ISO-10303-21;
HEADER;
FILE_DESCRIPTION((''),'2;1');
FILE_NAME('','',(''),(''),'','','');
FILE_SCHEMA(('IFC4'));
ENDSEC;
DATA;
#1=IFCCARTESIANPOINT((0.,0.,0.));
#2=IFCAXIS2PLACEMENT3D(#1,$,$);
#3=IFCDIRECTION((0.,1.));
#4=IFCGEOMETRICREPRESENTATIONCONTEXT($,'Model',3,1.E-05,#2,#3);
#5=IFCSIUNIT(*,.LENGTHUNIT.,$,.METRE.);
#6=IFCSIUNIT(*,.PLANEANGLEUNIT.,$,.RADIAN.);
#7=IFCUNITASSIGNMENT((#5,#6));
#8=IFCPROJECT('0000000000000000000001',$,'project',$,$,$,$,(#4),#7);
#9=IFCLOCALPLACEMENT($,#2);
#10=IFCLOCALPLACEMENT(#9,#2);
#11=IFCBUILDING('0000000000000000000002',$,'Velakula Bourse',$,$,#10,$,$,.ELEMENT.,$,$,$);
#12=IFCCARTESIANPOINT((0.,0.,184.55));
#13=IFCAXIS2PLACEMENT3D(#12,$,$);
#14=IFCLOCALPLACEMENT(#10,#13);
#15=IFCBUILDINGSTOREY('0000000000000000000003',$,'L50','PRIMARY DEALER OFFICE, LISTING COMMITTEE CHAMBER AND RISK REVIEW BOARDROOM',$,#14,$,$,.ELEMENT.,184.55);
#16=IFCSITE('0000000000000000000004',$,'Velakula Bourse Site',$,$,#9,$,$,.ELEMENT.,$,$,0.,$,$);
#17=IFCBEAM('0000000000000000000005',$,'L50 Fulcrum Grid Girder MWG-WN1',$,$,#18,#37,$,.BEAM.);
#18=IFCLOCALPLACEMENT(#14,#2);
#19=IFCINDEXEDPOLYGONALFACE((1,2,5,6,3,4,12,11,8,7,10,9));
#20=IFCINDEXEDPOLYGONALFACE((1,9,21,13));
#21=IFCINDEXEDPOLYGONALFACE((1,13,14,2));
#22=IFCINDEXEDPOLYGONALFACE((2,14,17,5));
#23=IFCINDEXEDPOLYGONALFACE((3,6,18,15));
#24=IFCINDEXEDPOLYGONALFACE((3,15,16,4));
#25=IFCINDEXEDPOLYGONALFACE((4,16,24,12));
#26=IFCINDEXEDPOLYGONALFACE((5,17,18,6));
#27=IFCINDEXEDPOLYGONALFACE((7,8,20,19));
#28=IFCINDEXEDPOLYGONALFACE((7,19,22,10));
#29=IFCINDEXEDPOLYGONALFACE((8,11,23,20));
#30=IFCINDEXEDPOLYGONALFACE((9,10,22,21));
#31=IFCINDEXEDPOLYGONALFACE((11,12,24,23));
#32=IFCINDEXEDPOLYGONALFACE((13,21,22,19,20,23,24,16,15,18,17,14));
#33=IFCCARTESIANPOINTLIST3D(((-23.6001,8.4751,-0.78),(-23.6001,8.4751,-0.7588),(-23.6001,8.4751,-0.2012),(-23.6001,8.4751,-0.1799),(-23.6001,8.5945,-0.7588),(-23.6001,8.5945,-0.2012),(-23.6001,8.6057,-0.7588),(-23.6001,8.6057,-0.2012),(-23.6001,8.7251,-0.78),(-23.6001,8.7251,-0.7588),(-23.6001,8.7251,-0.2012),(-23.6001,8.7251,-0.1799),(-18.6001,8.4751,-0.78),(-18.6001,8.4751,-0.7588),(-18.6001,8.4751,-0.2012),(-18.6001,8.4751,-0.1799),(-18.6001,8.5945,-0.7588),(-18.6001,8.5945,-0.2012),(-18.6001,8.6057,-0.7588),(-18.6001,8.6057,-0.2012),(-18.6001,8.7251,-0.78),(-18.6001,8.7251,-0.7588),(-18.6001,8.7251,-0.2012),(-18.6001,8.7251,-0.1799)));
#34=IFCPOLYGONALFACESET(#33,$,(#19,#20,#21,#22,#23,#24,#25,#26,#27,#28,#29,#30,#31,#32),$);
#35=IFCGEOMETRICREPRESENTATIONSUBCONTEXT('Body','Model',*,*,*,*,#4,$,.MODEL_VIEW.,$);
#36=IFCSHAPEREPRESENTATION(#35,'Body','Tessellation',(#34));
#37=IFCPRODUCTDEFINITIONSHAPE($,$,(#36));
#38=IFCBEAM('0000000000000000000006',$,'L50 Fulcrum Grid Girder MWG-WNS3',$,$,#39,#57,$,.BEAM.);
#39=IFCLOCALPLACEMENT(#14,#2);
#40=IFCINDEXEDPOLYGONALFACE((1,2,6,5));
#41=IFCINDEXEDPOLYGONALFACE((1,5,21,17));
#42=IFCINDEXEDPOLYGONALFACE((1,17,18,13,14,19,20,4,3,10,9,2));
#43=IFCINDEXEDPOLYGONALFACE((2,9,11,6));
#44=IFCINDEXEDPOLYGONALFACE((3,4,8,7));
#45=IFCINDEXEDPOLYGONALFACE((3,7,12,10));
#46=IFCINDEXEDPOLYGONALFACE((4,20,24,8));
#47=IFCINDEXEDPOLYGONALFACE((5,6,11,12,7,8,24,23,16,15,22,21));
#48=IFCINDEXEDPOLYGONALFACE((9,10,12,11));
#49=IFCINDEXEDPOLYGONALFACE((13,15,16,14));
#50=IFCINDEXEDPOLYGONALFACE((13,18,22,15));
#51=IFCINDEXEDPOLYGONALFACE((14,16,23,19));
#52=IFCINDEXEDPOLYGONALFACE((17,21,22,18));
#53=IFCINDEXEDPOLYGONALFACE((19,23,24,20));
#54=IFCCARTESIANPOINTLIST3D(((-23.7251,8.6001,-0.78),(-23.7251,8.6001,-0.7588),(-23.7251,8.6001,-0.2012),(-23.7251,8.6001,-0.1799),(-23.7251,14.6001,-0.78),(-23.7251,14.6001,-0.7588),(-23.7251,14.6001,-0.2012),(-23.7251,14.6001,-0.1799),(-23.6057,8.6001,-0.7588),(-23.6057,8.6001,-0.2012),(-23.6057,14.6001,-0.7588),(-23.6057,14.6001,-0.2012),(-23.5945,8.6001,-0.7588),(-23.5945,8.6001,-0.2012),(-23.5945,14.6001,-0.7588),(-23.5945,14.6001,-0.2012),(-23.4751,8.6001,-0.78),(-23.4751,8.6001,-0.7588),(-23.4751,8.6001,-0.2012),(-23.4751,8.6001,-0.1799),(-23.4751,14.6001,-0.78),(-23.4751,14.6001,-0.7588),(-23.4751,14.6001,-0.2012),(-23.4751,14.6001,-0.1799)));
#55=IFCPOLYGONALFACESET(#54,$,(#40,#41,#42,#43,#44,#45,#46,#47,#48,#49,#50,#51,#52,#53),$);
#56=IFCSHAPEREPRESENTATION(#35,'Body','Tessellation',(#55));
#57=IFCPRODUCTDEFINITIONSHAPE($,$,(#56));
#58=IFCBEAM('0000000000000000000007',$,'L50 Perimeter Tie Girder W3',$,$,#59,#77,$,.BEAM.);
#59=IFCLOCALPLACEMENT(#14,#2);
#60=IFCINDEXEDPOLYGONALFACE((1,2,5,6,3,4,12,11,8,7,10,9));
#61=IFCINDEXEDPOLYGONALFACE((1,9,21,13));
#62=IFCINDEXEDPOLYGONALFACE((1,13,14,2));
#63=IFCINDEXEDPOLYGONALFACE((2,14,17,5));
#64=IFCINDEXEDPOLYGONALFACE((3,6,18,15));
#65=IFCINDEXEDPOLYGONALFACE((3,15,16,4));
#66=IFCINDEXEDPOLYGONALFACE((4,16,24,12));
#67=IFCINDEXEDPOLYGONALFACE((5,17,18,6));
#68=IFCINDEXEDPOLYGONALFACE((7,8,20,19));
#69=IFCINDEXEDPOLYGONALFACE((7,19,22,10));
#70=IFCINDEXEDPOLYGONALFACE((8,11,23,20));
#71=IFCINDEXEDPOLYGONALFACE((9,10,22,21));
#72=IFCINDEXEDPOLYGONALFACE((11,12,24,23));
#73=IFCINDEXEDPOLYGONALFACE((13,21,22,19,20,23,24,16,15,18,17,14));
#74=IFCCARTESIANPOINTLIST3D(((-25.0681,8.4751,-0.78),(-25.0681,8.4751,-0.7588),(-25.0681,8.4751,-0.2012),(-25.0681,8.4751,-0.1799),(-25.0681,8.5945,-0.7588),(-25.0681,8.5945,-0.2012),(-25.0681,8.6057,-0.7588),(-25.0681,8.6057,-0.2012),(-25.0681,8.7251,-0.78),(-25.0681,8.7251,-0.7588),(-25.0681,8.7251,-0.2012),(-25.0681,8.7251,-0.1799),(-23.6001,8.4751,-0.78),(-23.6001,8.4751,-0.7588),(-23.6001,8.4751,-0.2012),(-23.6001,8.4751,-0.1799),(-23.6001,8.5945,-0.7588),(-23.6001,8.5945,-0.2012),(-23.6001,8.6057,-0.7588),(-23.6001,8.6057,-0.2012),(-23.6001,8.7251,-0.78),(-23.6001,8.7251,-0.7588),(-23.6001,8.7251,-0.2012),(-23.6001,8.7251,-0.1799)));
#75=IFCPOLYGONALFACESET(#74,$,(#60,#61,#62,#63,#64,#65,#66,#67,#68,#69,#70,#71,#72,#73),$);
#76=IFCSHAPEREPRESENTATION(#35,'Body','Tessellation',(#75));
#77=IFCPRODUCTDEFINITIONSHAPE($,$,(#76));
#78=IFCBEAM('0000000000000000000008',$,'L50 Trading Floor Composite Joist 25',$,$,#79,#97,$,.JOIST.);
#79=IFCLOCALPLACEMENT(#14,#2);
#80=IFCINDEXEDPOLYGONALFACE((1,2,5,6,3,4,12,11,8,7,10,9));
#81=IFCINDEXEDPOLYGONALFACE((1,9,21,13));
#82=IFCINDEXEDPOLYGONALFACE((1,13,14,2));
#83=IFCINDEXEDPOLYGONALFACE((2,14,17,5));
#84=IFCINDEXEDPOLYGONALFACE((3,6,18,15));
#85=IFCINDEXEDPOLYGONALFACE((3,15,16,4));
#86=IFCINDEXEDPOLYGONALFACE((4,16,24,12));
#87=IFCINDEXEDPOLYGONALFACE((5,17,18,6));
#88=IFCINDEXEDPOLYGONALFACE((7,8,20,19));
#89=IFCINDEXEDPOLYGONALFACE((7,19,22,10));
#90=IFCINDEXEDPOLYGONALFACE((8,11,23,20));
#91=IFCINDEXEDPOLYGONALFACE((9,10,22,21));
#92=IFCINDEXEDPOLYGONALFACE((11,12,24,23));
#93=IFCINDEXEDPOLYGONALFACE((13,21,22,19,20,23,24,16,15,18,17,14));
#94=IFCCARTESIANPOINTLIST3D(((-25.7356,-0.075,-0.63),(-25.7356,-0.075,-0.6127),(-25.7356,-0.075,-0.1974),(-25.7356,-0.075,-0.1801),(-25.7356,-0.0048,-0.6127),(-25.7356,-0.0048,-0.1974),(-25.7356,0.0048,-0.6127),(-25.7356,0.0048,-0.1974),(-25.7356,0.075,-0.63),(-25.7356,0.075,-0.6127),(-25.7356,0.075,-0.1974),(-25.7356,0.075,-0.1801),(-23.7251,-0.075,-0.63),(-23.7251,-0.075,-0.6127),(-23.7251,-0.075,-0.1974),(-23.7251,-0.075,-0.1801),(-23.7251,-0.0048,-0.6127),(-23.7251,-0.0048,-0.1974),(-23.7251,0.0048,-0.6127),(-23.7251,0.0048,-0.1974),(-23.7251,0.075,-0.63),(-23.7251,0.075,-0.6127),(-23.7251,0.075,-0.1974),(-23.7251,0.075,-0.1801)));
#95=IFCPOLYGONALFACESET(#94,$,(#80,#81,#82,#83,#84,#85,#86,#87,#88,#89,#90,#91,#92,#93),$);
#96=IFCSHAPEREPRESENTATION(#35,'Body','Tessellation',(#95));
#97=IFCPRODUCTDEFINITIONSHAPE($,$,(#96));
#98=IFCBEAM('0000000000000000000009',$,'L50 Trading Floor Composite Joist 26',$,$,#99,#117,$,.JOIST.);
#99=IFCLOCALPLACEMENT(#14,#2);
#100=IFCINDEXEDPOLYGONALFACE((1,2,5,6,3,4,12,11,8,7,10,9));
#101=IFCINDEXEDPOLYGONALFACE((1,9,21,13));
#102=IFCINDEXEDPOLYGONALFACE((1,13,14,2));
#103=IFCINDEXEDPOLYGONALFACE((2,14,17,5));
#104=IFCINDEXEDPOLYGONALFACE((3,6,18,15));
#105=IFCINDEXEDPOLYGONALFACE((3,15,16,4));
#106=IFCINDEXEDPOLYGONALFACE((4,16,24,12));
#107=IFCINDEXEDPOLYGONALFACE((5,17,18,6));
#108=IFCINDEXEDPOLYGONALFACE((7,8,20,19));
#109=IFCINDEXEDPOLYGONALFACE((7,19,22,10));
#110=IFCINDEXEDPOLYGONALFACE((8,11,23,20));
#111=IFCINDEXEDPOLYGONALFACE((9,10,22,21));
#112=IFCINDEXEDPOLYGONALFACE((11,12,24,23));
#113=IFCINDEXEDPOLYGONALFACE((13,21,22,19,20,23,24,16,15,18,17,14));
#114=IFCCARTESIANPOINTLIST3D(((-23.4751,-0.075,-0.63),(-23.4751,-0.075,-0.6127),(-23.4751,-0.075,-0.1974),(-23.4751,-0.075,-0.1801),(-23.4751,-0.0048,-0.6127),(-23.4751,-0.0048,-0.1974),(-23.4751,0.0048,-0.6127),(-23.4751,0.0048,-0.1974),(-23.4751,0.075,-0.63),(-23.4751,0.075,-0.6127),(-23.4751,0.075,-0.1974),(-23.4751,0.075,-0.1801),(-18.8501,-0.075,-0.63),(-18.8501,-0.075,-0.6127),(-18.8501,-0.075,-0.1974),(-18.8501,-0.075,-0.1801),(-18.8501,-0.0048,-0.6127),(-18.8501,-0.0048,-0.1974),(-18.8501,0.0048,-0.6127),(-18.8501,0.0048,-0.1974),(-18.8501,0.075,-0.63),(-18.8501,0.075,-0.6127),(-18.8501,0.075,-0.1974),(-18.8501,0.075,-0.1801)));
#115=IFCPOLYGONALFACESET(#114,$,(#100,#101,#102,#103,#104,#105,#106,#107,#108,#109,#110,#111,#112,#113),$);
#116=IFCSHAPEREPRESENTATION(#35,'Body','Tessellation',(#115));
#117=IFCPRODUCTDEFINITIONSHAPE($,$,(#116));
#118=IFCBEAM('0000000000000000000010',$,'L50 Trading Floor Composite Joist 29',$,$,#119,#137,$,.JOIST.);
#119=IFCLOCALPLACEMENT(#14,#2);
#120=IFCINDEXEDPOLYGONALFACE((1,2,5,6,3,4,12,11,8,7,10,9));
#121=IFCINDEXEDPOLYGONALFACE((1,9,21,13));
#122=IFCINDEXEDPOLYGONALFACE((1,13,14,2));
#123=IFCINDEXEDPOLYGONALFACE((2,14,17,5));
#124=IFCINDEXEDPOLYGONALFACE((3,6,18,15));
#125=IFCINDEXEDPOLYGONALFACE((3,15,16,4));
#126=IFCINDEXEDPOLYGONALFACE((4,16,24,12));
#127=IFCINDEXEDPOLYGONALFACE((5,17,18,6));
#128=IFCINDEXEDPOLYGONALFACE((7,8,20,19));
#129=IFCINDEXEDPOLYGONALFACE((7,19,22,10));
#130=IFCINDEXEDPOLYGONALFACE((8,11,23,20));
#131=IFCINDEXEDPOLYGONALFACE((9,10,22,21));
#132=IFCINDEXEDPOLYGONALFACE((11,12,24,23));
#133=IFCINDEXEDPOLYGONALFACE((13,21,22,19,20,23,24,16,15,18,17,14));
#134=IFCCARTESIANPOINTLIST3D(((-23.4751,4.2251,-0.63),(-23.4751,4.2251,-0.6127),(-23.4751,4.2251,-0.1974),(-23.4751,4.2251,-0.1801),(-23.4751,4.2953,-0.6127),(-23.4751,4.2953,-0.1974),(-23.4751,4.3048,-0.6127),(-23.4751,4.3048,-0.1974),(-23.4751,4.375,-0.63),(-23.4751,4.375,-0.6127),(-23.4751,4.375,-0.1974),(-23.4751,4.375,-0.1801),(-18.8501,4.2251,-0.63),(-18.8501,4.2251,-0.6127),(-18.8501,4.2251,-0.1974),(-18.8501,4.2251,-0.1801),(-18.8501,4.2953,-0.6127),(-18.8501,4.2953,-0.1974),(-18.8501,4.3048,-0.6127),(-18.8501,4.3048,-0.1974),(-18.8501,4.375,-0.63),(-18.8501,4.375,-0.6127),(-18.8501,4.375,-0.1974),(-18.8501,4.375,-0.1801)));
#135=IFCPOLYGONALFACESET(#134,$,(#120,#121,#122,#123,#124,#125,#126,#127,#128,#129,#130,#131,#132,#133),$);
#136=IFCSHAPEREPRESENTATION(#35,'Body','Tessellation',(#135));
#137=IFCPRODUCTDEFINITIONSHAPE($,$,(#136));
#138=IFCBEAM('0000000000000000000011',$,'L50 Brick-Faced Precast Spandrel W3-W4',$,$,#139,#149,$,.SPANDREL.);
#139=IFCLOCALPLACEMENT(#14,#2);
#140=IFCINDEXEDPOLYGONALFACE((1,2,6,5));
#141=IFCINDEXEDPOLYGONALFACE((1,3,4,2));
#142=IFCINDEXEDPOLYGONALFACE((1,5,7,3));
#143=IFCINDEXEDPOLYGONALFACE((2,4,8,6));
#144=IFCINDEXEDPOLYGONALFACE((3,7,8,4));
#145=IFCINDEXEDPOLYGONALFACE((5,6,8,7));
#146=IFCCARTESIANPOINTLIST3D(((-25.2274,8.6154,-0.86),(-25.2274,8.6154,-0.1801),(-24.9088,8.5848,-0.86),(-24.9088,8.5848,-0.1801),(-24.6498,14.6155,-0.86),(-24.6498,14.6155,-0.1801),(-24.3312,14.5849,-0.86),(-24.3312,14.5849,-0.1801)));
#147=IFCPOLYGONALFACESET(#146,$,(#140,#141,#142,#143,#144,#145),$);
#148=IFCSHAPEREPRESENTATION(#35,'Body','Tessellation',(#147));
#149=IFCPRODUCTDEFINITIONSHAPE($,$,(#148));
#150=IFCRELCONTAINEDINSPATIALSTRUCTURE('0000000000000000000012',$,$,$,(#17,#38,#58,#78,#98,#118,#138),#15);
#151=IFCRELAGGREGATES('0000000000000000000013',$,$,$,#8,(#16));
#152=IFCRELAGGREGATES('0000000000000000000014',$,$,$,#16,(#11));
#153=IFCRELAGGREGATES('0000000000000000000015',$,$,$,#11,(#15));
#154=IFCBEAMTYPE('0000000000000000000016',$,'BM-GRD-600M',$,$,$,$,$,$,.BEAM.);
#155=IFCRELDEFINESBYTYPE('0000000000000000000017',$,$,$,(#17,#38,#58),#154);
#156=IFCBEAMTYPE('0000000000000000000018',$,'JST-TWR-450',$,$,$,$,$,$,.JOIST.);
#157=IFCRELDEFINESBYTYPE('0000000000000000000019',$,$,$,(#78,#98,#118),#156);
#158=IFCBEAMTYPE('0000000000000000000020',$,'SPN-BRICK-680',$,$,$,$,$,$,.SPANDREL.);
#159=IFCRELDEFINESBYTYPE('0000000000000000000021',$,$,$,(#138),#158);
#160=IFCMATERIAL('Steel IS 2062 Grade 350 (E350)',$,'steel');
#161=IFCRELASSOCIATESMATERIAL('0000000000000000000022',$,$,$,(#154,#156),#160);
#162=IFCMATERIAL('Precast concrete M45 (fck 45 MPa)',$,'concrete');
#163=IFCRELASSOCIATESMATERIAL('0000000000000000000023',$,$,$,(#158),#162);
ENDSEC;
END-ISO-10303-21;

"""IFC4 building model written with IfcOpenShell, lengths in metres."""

from ifc_helpers import new_model, si_unit, direction, frame, origin, origin_2d, place, context, subcontext, project, spatial, rectangle, i_section, extrude, material, material_profile, profile_set, type_object, element, save


model = new_model("IFC4")

# Units and contexts
model_context = context("Model", 3, precision=1e-05, world=origin(), true_north=direction((0.0, 1.0)))
body_context = subcontext(model_context, "Body", "Model", "MODEL_VIEW")
ifc_project = project(units=[si_unit("LENGTHUNIT", "METRE"), si_unit("PLANEANGLEUNIT", "RADIAN")], contexts=[model_context])

# Site, building, storey
site_placement = place(None, origin())
site = spatial("IfcSite", under=ifc_project, at=site_placement, Name="Velakula Bourse Site", CompositionType="ELEMENT", RefElevation=0.0)
building_placement = place(site_placement, origin())
building = spatial("IfcBuilding", under=site, at=building_placement, Name="Velakula Bourse", CompositionType="ELEMENT")
storey_placement = place(building_placement, frame((0.0, 0.0, 184.55)))
storey = spatial("IfcBuildingStorey", under=building, at=storey_placement, Name="L50", Description="PRIMARY DEALER OFFICE, LISTING COMMITTEE CHAMBER AND RISK REVIEW BOARDROOM", CompositionType="ELEMENT", Elevation=184.55)

# Shared definitions
ifc_material_1 = material(Name="Steel IS 2062 Grade 350 (E350)", Category="steel")

# Beams
ifc_material_profile_1 = material_profile(ifc_material_1, i_section(OverallWidth=0.25, OverallDepth=0.6001, WebThickness=0.0112, FlangeThickness=0.0212, at=origin_2d()), Name="Steel IS 2062 Grade 350 (E350)")
ifc_profile_set_1 = profile_set([ifc_material_profile_1], Name="Steel IS 2062 Grade 350 (E350)")
beam_type_1 = type_object("IfcBeamType", Name="BM-GRD-600M", PredefinedType="BEAM", material=ifc_profile_set_1)
beam_1_placement = place(storey_placement, frame((-23.6001, 8.6001, -0.48), z_axis=(1.0, 0.0, 0.0), x_axis=(0.0, 1.0, 0.0)))
element("IfcBeam", 1, at=beam_1_placement, inside=storey, type_object=beam_type_1, Name="L50 Fulcrum Grid Girder MWG-WN1", PredefinedType="BEAM", context=body_context, shape_type="SweptSolid", body=[
    extrude(i_section(OverallWidth=0.25, OverallDepth=0.6001, WebThickness=0.0112, FlangeThickness=0.0212, at=origin_2d()), origin(), (0.0, 0.0, 1.0), 5.0),
])
beam_2_placement = place(storey_placement, frame((-23.6001, 8.6001, -0.48), z_axis=(0.0, 1.0, 0.0), x_axis=(-1.0, 0.0, 0.0)))
element("IfcBeam", 2, at=beam_2_placement, inside=storey, type_object=beam_type_1, Name="L50 Fulcrum Grid Girder MWG-WNS3", PredefinedType="BEAM", context=body_context, shape_type="SweptSolid", body=[
    extrude(i_section(OverallWidth=0.25, OverallDepth=0.6001, WebThickness=0.0112, FlangeThickness=0.0212, at=origin_2d()), origin(), (0.0, 0.0, 1.0), 6.0),
])
beam_3_placement = place(storey_placement, frame((-23.6001, 8.6001, -0.48), z_axis=(-1.0, 0.0, 0.0), x_axis=(0.0, -1.0, 0.0)))
element("IfcBeam", 3, at=beam_3_placement, inside=storey, type_object=beam_type_1, Name="L50 Perimeter Tie Girder W3", PredefinedType="BEAM", context=body_context, shape_type="SweptSolid", body=[
    extrude(i_section(OverallWidth=0.25, OverallDepth=0.6001, WebThickness=0.0112, FlangeThickness=0.0212, at=origin_2d()), origin(), (0.0, 0.0, 1.0), 1.468),
])
ifc_material_profile_2 = material_profile(ifc_material_1, i_section(OverallWidth=0.1499, OverallDepth=0.45, WebThickness=0.0095, FlangeThickness=0.0173, at=origin_2d()), Name="Steel IS 2062 Grade 350 (E350)")
ifc_profile_set_2 = profile_set([ifc_material_profile_2], Name="Steel IS 2062 Grade 350 (E350)")
beam_type_2 = type_object("IfcBeamType", Name="JST-TWR-450", PredefinedType="JOIST", material=ifc_profile_set_2)
beam_4_placement = place(storey_placement, frame((-25.7356, 0.0, -0.405), z_axis=(1.0, 0.0, 0.0), x_axis=(0.0, 1.0, 0.0)))
element("IfcBeam", 4, at=beam_4_placement, inside=storey, type_object=beam_type_2, Name="L50 Trading Floor Composite Joist 25", PredefinedType="JOIST", context=body_context, shape_type="SweptSolid", body=[
    extrude(i_section(OverallWidth=0.1499, OverallDepth=0.45, WebThickness=0.0095, FlangeThickness=0.0173, at=origin_2d()), origin(), (0.0, 0.0, 1.0), 2.0105),
])
for number, where, z_axis, x_axis, name in (
    (5, (-23.4751, 0.0, -0.405), (1.0, 0.0, 0.0), (0.0, 1.0, 0.0), "L50 Trading Floor Composite Joist 26"),
    (6, (-23.4751, 4.3, -0.405), (1.0, 0.0, 0.0), (0.0, 1.0, 0.0), "L50 Trading Floor Composite Joist 29"),
):
    element("IfcBeam", number, at=place(storey_placement, frame(where, z_axis=z_axis, x_axis=x_axis)), inside=storey, type_object=beam_type_2, Name=name, PredefinedType="JOIST", context=body_context, shape_type="SweptSolid", body=[
        extrude(i_section(OverallWidth=0.1499, OverallDepth=0.45, WebThickness=0.0095, FlangeThickness=0.0173, at=origin_2d()), origin(), (0.0, 0.0, 1.0), 4.625),
    ])
ifc_material_2 = material(Name="Precast concrete M45 (fck 45 MPa)", Category="concrete")
ifc_material_profile_3 = material_profile(ifc_material_2, rectangle(XDim=0.3201, YDim=0.6799, at=origin_2d()), Name="Precast concrete M45 (fck 45 MPa)")
ifc_profile_set_3 = profile_set([ifc_material_profile_3], Name="Precast concrete M45 (fck 45 MPa)")
beam_type_3 = type_object("IfcBeamType", Name="SPN-BRICK-680", PredefinedType="SPANDREL", material=ifc_profile_set_3)
beam_5_placement = place(storey_placement, frame((-25.0681, 8.6001, -0.52), z_axis=(0.09583, 0.995398, 0.0), x_axis=(-0.995398, 0.09583, 0.0)))
element("IfcBeam", 7, at=beam_5_placement, inside=storey, type_object=beam_type_3, Name="L50 Brick-Faced Precast Spandrel W3-W4", PredefinedType="SPANDREL", context=body_context, shape_type="SweptSolid", body=[
    extrude(rectangle(XDim=0.3201, YDim=0.6799, at=origin_2d()), origin(), (0.0, 0.0, 1.0), 6.0278),
])

save(model, "model.ifc")
